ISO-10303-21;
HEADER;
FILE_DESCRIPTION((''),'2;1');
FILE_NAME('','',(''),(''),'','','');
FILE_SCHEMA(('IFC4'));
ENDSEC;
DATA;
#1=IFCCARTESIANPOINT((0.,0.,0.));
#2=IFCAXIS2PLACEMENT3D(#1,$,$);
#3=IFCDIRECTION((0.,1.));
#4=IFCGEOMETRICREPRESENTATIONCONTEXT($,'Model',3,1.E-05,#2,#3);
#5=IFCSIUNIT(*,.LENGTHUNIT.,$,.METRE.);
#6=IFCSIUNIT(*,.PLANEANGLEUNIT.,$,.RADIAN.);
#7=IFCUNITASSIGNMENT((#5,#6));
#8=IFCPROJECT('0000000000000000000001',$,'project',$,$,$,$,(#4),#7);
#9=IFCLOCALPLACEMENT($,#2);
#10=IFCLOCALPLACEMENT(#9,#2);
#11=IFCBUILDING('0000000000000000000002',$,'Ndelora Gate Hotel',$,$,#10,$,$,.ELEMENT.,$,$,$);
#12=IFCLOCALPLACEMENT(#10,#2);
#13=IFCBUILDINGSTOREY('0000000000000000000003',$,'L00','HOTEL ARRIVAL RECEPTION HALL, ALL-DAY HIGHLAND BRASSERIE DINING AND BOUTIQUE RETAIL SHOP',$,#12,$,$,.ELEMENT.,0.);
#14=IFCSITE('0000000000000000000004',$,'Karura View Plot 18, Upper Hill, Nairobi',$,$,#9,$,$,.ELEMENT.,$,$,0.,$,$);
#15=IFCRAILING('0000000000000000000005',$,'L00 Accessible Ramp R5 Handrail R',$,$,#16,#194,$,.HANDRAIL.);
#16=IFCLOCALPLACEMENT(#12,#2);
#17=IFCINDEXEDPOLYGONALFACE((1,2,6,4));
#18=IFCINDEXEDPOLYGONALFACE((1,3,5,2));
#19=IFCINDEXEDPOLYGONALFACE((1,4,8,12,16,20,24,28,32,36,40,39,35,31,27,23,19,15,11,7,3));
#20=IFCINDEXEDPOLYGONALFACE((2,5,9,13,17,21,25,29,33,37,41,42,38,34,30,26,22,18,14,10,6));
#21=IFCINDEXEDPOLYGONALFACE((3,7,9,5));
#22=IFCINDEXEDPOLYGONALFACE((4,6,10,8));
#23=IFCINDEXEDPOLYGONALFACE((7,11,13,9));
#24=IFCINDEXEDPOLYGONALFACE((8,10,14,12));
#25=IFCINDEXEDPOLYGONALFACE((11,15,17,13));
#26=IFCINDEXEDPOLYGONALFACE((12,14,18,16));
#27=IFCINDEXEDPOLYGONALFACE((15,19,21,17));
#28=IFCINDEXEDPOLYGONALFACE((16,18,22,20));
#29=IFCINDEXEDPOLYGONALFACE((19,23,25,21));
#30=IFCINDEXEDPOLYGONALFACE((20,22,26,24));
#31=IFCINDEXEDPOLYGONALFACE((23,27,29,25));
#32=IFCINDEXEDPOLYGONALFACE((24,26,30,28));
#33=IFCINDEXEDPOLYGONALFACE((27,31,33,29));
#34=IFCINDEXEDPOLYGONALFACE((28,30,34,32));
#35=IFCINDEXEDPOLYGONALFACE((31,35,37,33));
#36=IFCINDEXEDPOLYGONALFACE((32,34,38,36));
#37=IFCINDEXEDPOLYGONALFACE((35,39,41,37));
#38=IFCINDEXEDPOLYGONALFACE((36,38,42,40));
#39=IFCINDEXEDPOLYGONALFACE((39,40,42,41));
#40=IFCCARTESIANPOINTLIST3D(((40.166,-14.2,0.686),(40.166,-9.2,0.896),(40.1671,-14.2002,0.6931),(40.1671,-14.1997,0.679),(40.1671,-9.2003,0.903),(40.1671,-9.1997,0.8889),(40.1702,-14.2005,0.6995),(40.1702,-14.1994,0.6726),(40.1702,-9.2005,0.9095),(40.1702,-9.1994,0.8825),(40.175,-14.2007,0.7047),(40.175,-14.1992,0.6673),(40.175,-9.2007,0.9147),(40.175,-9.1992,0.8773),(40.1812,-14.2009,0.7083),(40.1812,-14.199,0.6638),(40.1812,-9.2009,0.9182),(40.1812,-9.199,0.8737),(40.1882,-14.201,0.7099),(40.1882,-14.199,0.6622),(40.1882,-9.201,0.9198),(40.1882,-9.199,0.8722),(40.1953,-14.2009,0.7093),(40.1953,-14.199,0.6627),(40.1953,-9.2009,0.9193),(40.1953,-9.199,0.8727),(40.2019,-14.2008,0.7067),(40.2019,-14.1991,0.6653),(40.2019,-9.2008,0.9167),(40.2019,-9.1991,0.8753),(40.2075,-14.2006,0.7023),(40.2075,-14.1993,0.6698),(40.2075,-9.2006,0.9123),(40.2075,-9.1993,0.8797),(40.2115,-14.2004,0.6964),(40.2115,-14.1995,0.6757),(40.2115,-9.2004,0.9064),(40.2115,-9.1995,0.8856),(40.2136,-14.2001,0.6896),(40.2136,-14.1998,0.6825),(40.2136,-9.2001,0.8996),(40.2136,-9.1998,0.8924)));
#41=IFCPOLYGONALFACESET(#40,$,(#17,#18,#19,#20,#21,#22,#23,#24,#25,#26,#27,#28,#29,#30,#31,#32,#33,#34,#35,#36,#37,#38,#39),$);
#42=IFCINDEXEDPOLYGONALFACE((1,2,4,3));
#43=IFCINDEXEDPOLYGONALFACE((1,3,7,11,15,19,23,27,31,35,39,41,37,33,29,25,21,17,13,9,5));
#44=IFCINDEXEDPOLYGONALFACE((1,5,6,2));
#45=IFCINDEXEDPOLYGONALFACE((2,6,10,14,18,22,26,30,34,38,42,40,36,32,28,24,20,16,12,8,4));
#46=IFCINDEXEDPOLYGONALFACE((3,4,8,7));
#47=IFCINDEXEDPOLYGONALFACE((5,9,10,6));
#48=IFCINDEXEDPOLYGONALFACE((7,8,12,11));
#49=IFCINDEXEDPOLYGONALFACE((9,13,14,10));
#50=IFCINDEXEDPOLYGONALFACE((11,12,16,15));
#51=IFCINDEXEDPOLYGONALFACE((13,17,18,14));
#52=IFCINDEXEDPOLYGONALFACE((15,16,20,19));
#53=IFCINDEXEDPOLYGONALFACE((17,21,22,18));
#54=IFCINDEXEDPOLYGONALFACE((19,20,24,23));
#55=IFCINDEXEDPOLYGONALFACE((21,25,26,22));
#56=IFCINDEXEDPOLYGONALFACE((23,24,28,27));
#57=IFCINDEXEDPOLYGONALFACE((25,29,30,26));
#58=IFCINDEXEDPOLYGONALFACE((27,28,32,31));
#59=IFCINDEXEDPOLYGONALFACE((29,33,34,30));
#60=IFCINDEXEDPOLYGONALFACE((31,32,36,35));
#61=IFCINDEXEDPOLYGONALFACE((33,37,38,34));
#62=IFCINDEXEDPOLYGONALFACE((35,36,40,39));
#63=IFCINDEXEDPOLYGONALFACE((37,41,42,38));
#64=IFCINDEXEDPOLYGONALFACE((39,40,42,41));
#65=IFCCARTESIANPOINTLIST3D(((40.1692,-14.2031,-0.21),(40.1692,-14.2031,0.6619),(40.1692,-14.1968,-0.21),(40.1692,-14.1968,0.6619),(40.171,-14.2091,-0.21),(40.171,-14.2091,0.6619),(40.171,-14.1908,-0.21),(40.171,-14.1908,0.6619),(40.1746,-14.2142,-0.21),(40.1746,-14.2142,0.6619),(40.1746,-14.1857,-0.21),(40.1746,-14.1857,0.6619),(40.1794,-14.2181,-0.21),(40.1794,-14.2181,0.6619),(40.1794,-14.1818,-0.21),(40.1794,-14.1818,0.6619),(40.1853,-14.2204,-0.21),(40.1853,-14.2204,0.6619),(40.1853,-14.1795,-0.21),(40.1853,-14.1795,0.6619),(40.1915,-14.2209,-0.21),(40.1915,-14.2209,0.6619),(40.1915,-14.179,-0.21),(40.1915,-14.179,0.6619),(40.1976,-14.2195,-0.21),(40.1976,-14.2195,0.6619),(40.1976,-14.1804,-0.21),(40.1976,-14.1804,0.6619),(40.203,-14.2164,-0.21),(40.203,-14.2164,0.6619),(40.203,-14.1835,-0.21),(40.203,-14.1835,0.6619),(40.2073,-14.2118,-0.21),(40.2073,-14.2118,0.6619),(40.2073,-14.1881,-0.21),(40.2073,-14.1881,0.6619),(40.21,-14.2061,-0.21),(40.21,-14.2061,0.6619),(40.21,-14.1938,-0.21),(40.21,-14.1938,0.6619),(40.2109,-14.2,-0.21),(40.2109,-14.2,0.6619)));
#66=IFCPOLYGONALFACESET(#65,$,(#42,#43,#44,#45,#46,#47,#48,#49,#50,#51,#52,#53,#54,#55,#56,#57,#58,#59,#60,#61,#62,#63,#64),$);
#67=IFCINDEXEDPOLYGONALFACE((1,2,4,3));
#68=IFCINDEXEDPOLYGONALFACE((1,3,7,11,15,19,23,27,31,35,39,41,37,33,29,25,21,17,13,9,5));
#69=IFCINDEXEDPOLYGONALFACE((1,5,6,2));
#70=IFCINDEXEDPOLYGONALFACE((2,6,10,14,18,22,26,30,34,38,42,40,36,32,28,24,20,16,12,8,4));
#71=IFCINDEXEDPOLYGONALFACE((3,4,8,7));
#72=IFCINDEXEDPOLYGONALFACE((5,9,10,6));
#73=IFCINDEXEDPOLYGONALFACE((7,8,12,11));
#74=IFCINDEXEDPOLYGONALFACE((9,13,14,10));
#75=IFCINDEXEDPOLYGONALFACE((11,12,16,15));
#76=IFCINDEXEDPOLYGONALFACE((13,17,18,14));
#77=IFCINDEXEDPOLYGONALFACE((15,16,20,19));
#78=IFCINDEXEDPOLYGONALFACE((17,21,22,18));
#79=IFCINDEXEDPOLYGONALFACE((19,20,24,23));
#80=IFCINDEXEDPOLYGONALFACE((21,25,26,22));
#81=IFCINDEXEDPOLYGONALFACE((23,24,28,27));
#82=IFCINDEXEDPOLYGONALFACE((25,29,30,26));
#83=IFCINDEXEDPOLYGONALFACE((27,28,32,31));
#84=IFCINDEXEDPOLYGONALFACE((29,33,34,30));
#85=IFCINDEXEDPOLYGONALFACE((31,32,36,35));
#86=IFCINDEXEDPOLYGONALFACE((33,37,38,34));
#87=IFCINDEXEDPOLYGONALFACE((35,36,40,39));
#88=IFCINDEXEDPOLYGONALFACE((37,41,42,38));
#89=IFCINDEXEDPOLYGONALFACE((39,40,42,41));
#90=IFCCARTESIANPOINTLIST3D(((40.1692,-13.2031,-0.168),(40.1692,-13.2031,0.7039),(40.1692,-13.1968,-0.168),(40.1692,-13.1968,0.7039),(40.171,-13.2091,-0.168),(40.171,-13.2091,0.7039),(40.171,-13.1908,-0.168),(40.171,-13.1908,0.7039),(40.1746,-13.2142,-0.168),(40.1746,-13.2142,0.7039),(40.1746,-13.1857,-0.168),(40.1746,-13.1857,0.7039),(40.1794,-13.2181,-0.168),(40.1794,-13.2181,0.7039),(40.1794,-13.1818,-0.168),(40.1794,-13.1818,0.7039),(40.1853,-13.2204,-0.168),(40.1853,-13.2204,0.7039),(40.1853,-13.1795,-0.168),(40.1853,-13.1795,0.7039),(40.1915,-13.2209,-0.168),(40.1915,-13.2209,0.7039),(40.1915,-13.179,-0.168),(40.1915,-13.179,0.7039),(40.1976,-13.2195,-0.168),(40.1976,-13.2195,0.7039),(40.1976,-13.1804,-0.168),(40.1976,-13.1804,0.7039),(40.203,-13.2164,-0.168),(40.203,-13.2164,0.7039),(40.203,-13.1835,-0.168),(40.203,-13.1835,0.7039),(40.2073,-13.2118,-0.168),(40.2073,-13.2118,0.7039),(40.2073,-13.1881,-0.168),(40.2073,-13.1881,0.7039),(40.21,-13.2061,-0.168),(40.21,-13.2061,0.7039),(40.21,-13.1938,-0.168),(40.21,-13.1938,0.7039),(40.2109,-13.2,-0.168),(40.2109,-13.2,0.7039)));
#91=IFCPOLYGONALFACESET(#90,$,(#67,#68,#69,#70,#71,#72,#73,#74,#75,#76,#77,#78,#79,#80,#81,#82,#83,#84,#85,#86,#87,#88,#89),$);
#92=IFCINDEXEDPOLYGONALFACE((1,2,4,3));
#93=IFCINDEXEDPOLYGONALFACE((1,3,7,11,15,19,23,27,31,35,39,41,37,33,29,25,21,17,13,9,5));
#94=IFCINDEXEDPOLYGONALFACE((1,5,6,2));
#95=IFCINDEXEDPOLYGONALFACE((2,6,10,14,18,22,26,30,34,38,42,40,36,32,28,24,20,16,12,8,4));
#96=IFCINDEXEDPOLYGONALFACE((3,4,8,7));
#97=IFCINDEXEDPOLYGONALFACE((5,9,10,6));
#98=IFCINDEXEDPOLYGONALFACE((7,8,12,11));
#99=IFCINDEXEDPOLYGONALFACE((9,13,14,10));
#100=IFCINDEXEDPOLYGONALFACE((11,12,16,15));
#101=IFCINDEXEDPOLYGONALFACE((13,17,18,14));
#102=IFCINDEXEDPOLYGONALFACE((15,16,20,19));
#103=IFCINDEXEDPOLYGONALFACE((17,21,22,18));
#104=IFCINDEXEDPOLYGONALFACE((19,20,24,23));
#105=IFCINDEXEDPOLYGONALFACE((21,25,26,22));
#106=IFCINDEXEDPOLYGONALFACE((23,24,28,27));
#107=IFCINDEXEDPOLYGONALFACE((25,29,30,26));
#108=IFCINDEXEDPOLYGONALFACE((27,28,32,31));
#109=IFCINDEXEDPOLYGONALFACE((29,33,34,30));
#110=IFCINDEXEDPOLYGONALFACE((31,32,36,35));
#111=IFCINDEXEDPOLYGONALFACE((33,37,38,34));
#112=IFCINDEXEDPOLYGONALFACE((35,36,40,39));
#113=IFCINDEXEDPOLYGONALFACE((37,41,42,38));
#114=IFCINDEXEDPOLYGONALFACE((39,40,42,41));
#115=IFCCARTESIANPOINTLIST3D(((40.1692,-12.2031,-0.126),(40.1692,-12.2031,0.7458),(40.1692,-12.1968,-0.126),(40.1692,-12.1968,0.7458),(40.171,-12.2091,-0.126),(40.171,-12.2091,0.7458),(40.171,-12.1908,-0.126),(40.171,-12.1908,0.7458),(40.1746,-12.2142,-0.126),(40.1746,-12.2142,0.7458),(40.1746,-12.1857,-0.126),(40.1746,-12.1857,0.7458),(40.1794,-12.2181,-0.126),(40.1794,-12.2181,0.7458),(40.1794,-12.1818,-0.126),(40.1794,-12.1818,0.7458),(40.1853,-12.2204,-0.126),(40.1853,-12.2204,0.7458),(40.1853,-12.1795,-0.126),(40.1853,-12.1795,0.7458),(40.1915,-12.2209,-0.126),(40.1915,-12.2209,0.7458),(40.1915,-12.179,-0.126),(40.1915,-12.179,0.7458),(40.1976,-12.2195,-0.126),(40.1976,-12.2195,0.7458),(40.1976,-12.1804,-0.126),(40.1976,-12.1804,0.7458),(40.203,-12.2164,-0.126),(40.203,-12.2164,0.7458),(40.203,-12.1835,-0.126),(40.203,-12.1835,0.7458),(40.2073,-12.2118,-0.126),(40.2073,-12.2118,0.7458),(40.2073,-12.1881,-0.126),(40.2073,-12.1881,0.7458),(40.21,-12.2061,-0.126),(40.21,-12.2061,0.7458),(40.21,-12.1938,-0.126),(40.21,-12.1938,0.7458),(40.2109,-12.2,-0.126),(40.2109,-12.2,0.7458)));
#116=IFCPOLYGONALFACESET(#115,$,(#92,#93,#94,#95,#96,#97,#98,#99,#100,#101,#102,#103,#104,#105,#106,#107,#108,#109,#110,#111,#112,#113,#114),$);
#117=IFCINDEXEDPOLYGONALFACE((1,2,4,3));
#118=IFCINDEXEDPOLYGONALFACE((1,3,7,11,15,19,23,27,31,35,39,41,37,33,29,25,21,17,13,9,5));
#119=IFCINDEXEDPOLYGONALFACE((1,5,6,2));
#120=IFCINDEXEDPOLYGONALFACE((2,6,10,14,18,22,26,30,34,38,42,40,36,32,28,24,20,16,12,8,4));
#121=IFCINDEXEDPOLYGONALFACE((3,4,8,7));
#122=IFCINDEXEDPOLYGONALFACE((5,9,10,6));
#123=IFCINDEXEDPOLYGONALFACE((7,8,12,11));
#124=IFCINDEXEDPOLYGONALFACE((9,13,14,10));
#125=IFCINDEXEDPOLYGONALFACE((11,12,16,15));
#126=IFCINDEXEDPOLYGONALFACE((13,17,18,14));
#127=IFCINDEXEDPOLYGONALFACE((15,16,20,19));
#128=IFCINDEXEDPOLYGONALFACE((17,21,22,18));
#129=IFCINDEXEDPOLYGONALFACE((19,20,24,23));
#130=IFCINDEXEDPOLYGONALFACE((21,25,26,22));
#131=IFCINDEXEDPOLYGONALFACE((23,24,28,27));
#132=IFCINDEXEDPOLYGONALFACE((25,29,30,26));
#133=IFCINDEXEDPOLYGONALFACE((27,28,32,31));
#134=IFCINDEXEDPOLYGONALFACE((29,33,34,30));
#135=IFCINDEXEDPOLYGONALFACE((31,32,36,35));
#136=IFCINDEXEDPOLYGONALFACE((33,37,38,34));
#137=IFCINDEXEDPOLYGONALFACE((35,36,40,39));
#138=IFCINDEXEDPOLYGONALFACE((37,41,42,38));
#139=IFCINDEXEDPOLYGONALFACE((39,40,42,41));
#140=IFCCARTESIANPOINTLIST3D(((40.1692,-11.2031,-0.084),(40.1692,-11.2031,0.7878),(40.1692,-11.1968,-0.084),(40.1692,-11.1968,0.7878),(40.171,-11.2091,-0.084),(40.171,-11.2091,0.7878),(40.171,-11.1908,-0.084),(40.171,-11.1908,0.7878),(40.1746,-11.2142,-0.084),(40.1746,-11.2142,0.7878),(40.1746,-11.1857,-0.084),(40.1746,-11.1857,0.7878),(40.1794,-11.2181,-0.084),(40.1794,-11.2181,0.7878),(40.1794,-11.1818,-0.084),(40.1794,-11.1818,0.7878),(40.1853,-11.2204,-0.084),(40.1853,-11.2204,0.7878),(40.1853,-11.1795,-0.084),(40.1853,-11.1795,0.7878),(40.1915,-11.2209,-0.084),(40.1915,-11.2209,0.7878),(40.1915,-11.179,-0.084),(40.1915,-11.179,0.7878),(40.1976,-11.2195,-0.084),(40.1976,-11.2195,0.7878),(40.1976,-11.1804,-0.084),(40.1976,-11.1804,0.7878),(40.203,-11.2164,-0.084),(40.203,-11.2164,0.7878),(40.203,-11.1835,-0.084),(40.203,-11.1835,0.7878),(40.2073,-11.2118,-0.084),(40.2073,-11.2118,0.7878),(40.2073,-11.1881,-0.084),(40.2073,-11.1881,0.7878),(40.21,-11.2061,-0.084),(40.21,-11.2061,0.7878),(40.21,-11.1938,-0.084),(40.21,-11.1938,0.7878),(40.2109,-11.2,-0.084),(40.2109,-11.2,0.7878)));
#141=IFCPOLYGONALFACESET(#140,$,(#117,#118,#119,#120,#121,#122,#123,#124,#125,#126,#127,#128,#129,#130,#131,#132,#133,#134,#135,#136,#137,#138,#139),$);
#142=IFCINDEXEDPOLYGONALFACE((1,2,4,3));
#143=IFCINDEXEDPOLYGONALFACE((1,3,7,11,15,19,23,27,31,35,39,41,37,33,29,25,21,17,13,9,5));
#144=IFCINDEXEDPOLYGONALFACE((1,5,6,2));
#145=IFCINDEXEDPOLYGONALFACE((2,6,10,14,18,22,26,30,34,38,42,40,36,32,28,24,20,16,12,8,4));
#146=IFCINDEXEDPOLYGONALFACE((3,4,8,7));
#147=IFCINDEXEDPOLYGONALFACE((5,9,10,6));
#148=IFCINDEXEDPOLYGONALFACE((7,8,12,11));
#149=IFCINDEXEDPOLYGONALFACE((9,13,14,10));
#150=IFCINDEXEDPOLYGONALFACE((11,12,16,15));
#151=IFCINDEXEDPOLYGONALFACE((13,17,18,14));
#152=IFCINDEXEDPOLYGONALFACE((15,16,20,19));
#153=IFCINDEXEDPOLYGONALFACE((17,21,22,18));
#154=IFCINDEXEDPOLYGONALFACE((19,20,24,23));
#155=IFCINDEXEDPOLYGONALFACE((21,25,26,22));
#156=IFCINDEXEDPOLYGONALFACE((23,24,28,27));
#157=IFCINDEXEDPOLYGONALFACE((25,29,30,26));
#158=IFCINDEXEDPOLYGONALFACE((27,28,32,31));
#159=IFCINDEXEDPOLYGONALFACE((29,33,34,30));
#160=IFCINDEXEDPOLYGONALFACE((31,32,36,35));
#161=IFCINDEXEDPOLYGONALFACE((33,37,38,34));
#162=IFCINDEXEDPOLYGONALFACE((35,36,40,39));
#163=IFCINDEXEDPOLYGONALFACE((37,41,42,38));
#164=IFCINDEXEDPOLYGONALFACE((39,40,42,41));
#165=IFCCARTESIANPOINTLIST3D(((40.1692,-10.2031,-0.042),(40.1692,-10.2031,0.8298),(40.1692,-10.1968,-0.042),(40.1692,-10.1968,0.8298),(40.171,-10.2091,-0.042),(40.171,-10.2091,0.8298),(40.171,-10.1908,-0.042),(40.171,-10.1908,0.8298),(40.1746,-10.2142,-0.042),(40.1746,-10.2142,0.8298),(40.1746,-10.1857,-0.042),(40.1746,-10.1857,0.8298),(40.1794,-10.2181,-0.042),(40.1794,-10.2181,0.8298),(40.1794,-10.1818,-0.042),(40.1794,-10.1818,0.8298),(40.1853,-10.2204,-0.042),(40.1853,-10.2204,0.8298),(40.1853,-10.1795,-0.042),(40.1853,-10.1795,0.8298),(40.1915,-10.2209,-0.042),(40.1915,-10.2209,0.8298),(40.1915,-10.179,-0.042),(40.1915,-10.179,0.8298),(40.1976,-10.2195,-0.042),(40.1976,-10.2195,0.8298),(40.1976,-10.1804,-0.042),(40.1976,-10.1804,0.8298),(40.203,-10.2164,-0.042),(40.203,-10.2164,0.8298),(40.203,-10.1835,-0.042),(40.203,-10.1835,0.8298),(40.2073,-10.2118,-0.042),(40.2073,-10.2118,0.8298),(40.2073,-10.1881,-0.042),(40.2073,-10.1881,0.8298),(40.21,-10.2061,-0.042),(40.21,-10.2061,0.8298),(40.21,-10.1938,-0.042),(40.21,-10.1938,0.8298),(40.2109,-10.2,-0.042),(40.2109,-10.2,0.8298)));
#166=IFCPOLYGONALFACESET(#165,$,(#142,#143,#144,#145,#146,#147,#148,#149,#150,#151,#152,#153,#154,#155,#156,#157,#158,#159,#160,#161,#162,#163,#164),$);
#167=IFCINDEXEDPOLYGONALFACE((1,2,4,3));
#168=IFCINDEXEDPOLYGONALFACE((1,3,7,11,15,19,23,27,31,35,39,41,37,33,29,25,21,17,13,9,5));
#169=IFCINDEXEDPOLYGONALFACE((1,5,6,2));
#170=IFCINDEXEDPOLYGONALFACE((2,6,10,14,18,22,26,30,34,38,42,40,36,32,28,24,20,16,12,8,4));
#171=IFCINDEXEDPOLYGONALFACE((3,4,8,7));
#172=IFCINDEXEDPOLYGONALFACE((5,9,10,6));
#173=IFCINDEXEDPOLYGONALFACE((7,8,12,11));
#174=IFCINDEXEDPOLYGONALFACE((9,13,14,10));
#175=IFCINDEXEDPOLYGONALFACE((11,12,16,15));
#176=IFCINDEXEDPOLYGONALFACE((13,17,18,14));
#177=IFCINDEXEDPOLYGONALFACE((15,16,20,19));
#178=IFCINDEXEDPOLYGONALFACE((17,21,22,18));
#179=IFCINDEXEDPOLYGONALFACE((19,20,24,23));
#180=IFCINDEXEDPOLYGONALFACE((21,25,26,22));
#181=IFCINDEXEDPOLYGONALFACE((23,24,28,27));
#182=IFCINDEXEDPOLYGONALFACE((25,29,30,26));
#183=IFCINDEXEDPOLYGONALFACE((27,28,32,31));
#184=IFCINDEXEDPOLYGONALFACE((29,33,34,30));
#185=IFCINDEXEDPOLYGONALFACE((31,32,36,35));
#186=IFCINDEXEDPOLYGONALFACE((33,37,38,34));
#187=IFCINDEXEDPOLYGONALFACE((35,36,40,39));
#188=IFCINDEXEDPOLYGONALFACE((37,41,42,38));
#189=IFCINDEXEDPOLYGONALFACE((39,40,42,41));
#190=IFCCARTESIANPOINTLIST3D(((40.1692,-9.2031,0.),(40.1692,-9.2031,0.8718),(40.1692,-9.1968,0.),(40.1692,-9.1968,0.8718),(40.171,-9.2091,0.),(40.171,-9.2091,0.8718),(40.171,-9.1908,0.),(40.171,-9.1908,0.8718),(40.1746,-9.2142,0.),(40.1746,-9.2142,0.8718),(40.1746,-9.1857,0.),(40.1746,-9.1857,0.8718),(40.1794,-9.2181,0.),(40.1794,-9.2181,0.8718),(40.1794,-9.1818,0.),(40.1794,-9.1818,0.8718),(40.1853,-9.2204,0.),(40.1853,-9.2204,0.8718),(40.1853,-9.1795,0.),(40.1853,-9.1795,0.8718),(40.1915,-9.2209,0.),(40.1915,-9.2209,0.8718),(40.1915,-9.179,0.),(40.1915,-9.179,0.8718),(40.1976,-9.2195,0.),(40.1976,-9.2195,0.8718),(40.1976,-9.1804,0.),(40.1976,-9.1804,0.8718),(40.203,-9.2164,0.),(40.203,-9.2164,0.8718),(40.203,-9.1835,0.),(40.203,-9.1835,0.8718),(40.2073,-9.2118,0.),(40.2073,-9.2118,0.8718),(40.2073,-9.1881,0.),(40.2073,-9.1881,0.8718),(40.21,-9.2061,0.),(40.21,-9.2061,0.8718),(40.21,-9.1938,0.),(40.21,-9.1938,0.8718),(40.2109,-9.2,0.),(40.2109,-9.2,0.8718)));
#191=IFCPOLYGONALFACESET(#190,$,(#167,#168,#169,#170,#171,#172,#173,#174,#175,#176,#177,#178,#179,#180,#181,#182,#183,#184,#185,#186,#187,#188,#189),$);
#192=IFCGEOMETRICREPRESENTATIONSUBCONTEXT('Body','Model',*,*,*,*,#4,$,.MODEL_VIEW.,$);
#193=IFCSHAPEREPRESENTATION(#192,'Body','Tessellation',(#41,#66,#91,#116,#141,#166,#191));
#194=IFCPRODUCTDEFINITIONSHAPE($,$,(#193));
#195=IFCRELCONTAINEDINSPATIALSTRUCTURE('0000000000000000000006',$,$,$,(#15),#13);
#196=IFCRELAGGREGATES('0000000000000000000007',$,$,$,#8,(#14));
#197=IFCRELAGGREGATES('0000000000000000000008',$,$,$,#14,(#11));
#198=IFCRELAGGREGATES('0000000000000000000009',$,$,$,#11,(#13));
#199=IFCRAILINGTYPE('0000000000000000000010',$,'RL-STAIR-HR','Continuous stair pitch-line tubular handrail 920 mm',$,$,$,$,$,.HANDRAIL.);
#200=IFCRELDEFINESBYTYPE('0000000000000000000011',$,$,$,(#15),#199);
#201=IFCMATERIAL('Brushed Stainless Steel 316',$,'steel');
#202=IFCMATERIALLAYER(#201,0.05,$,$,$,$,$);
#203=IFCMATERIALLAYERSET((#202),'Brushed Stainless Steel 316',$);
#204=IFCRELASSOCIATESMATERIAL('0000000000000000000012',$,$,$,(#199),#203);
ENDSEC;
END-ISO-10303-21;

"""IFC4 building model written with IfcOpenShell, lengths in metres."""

from ifc_helpers import new_model, si_unit, direction, frame, origin, origin_2d, place, context, subcontext, project, spatial, circle, extrude, material, layer, layer_set, type_object, element, save


model = new_model("IFC4")

# Units and contexts
model_context = context("Model", 3, precision=1e-05, world=origin(), true_north=direction((0.0, 1.0)))
body_context = subcontext(model_context, "Body", "Model", "MODEL_VIEW")
ifc_project = project(units=[si_unit("LENGTHUNIT", "METRE"), si_unit("PLANEANGLEUNIT", "RADIAN")], contexts=[model_context])

# Site, building, storey
site_placement = place(None, origin())
site = spatial("IfcSite", under=ifc_project, at=site_placement, Name="Karura View Plot 18, Upper Hill, Nairobi", CompositionType="ELEMENT", RefElevation=0.0)
building_placement = place(site_placement, origin())
building = spatial("IfcBuilding", under=site, at=building_placement, Name="Ndelora Gate Hotel", CompositionType="ELEMENT")
storey_placement = place(building_placement, origin())
storey = spatial("IfcBuildingStorey", under=building, at=storey_placement, Name="L00", Description="HOTEL ARRIVAL RECEPTION HALL, ALL-DAY HIGHLAND BRASSERIE DINING AND BOUTIQUE RETAIL SHOP", CompositionType="ELEMENT", Elevation=0.0)

# Railing
ifc_material_1 = material(Name="Brushed Stainless Steel 316", Category="steel")
ifc_layer_1 = layer(ifc_material_1, 0.05)
ifc_layer_set_1 = layer_set([ifc_layer_1], Name="Brushed Stainless Steel 316")
railing_type_1 = type_object("IfcRailingType", Name="RL-STAIR-HR", Description="Continuous stair pitch-line tubular handrail 920 mm", PredefinedType="HANDRAIL", material=ifc_layer_set_1)
for number, where, name in (
    (1, (40.1899, -14.2, -0.21), "L00 Accessible Ramp R5 Handrail R"),
):
    element("IfcRailing", number, at=place(storey_placement, frame(where)), inside=storey, type_object=railing_type_1, Name=name, PredefinedType="HANDRAIL", context=body_context, shape_type="SweptSolid", body=[
        extrude(circle(Radius=0.0239, at=origin_2d()), frame((0.0, 0.0, 0.896), z_axis=(0.0, 0.999119, 0.041955), x_axis=(-1.0, 0.0, 0.0)), (0.0, 0.0, 1.0), 5.0044),
        extrude(circle(Radius=0.021, at=origin_2d()), origin(), (0.0, 0.0, 1.0), 0.8718),
        extrude(circle(Radius=0.021, at=origin_2d()), frame((0.0, 1.0, 0.042)), (0.0, 0.0, 1.0), 0.8718),
        extrude(circle(Radius=0.021, at=origin_2d()), frame((0.0, 2.0, 0.084)), (0.0, 0.0, 1.0), 0.8718),
        extrude(circle(Radius=0.021, at=origin_2d()), frame((0.0, 3.0, 0.126)), (0.0, 0.0, 1.0), 0.8718),
        extrude(circle(Radius=0.021, at=origin_2d()), frame((0.0, 4.0, 0.168)), (0.0, 0.0, 1.0), 0.8718),
        extrude(circle(Radius=0.021, at=origin_2d()), frame((0.0, 5.0, 0.21)), (0.0, 0.0, 1.0), 0.8718),
    ])

save(model, "model.ifc")
